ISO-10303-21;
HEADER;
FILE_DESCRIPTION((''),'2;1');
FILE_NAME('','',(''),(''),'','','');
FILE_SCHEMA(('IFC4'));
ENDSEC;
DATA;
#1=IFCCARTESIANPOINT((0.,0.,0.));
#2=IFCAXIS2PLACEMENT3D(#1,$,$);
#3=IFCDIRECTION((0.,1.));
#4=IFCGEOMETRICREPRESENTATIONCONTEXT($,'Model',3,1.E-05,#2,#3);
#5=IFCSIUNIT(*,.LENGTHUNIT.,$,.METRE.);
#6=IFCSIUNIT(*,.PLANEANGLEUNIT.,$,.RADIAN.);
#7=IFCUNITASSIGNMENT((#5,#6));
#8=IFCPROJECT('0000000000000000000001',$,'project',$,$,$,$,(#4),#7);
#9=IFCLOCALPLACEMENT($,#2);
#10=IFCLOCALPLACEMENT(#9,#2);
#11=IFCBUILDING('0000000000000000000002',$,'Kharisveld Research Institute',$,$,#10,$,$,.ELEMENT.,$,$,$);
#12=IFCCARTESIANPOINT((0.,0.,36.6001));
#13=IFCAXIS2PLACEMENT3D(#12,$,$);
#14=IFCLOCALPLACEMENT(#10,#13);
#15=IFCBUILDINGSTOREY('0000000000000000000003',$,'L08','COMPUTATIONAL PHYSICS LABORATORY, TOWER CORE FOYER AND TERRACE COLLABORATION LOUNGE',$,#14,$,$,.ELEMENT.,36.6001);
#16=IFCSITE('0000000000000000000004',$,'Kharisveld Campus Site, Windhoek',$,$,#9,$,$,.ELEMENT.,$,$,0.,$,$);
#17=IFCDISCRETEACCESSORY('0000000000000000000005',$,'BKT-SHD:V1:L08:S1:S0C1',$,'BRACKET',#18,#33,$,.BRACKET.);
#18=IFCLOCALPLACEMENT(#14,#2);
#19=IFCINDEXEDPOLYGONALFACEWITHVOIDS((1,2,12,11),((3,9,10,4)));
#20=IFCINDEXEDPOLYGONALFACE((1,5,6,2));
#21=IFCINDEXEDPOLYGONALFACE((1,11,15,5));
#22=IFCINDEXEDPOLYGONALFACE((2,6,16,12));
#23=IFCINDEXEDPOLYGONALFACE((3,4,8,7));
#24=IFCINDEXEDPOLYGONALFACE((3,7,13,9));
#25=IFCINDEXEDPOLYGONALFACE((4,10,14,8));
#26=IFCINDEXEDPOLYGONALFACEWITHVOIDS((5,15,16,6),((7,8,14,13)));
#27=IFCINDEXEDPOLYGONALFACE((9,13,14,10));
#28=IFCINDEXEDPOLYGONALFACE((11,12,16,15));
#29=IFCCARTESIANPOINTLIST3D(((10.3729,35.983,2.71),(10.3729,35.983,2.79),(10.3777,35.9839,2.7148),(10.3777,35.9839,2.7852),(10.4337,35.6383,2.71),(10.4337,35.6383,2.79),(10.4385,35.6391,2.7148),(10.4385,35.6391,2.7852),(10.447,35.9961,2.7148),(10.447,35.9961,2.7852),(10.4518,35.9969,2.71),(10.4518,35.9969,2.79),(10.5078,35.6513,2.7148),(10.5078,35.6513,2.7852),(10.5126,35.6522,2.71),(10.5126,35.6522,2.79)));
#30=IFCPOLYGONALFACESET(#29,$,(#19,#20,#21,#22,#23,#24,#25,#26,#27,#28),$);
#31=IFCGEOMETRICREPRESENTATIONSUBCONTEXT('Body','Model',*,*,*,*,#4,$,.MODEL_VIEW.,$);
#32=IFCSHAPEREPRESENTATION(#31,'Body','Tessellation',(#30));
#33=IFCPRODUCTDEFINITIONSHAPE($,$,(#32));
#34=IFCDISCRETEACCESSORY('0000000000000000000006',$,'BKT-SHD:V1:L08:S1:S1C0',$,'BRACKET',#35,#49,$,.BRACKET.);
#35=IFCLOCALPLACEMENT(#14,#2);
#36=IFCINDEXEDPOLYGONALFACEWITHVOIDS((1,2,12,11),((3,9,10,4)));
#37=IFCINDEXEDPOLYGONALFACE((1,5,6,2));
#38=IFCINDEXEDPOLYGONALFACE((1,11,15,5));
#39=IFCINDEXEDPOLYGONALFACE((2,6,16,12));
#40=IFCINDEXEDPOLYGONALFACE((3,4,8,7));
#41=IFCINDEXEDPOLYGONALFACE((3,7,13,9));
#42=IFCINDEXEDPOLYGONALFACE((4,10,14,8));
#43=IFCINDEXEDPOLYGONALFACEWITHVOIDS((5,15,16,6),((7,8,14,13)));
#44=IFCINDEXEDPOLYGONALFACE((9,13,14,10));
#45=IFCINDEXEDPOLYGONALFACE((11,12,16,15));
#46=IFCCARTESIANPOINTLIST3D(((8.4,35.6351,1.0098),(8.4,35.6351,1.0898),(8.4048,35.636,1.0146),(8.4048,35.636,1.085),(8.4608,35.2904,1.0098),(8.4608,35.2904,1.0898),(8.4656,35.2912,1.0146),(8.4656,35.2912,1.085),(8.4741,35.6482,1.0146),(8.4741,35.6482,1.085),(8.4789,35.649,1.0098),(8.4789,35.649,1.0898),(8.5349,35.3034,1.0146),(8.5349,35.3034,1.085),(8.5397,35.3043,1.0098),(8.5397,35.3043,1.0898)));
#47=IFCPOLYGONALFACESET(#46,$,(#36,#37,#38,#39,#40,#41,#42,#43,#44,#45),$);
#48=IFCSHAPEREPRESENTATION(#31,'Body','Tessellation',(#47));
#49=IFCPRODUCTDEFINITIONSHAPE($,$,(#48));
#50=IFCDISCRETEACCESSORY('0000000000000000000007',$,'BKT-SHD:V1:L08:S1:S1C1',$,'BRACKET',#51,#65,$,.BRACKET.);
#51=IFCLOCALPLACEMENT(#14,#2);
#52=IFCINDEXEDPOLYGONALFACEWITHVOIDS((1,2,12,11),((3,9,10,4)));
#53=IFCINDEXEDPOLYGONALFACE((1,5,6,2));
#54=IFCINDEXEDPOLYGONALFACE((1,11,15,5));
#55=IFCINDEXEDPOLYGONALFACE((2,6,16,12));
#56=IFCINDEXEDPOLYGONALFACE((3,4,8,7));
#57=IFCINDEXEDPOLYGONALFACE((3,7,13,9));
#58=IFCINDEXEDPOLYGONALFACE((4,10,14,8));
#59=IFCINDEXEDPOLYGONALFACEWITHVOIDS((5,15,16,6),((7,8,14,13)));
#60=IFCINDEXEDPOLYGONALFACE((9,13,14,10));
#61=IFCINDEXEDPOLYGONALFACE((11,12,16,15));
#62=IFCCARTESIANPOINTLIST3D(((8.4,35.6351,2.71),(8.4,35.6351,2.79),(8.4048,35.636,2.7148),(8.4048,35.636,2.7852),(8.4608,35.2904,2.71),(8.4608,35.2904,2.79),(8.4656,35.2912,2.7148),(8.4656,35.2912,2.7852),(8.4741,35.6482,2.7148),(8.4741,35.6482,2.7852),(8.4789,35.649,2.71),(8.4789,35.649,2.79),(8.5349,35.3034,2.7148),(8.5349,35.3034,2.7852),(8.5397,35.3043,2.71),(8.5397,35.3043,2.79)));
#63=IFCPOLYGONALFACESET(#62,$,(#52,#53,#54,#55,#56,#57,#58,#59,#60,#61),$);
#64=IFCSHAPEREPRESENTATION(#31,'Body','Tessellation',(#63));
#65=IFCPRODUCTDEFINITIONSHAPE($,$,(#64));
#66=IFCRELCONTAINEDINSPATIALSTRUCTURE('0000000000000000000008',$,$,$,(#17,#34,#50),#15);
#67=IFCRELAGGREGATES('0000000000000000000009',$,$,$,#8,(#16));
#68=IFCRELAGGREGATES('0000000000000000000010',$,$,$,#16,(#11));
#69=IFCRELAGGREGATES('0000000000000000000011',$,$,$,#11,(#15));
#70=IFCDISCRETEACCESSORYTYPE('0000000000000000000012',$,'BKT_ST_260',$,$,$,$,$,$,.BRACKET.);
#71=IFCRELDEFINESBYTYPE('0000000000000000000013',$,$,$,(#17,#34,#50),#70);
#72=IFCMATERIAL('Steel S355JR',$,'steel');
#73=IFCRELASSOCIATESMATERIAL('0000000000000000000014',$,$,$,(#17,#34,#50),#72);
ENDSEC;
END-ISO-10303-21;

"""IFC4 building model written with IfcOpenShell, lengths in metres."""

from ifc_helpers import new_model, si_unit, direction, frame, origin, origin_2d, place, context, subcontext, project, spatial, hollow_rectangle, extrude, material, type_object, element, save


model = new_model("IFC4")

# Units and contexts
model_context = context("Model", 3, precision=1e-05, world=origin(), true_north=direction((0.0, 1.0)))
body_context = subcontext(model_context, "Body", "Model", "MODEL_VIEW")
ifc_project = project(units=[si_unit("LENGTHUNIT", "METRE"), si_unit("PLANEANGLEUNIT", "RADIAN")], contexts=[model_context])

# Site, building, storey
site_placement = place(None, origin())
site = spatial("IfcSite", under=ifc_project, at=site_placement, Name="Kharisveld Campus Site, Windhoek", CompositionType="ELEMENT", RefElevation=0.0)
building_placement = place(site_placement, origin())
building = spatial("IfcBuilding", under=site, at=building_placement, Name="Kharisveld Research Institute", CompositionType="ELEMENT")
storey_placement = place(building_placement, frame((0.0, 0.0, 36.6001)))
storey = spatial("IfcBuildingStorey", under=building, at=storey_placement, Name="L08", Description="COMPUTATIONAL PHYSICS LABORATORY, TOWER CORE FOYER AND TERRACE COLLABORATION LOUNGE", CompositionType="ELEMENT", Elevation=36.6001)

# Discrete accessories
ifc_material_1 = material(Name="Steel S355JR", Category="steel")
discrete_accessory_type = type_object("IfcDiscreteAccessoryType", Name="BKT_ST_260", PredefinedType="BRACKET")
for number, where, z_axis, x_axis, name in (
    (1, (10.4124, 35.99, 2.75), (0.173666, -0.984805, 0.0), (0.984805, 0.173666, 0.0), "BKT-SHD:V1:L08:S1:S0C1"),
    (2, (8.4395, 35.6421, 1.0498), (0.173666, -0.984805, 0.0), (0.984805, 0.173666, 0.0), "BKT-SHD:V1:L08:S1:S1C0"),
    (3, (8.4395, 35.6421, 2.75), (0.173666, -0.984805, 0.0), (0.984805, 0.173666, 0.0), "BKT-SHD:V1:L08:S1:S1C1"),
):
    element("IfcDiscreteAccessory", number, at=place(storey_placement, frame(where, z_axis=z_axis, x_axis=x_axis)), inside=storey, type_object=discrete_accessory_type, material=ifc_material_1, Name=name, ObjectType="BRACKET", PredefinedType="BRACKET", context=body_context, shape_type="SweptSolid", body=[
        extrude(hollow_rectangle(XDim=0.0801, YDim=0.0801, WallThickness=0.0049, at=origin_2d()), origin(), (0.0, 0.0, 1.0), 0.3501),
    ])

save(model, "model.ifc")
